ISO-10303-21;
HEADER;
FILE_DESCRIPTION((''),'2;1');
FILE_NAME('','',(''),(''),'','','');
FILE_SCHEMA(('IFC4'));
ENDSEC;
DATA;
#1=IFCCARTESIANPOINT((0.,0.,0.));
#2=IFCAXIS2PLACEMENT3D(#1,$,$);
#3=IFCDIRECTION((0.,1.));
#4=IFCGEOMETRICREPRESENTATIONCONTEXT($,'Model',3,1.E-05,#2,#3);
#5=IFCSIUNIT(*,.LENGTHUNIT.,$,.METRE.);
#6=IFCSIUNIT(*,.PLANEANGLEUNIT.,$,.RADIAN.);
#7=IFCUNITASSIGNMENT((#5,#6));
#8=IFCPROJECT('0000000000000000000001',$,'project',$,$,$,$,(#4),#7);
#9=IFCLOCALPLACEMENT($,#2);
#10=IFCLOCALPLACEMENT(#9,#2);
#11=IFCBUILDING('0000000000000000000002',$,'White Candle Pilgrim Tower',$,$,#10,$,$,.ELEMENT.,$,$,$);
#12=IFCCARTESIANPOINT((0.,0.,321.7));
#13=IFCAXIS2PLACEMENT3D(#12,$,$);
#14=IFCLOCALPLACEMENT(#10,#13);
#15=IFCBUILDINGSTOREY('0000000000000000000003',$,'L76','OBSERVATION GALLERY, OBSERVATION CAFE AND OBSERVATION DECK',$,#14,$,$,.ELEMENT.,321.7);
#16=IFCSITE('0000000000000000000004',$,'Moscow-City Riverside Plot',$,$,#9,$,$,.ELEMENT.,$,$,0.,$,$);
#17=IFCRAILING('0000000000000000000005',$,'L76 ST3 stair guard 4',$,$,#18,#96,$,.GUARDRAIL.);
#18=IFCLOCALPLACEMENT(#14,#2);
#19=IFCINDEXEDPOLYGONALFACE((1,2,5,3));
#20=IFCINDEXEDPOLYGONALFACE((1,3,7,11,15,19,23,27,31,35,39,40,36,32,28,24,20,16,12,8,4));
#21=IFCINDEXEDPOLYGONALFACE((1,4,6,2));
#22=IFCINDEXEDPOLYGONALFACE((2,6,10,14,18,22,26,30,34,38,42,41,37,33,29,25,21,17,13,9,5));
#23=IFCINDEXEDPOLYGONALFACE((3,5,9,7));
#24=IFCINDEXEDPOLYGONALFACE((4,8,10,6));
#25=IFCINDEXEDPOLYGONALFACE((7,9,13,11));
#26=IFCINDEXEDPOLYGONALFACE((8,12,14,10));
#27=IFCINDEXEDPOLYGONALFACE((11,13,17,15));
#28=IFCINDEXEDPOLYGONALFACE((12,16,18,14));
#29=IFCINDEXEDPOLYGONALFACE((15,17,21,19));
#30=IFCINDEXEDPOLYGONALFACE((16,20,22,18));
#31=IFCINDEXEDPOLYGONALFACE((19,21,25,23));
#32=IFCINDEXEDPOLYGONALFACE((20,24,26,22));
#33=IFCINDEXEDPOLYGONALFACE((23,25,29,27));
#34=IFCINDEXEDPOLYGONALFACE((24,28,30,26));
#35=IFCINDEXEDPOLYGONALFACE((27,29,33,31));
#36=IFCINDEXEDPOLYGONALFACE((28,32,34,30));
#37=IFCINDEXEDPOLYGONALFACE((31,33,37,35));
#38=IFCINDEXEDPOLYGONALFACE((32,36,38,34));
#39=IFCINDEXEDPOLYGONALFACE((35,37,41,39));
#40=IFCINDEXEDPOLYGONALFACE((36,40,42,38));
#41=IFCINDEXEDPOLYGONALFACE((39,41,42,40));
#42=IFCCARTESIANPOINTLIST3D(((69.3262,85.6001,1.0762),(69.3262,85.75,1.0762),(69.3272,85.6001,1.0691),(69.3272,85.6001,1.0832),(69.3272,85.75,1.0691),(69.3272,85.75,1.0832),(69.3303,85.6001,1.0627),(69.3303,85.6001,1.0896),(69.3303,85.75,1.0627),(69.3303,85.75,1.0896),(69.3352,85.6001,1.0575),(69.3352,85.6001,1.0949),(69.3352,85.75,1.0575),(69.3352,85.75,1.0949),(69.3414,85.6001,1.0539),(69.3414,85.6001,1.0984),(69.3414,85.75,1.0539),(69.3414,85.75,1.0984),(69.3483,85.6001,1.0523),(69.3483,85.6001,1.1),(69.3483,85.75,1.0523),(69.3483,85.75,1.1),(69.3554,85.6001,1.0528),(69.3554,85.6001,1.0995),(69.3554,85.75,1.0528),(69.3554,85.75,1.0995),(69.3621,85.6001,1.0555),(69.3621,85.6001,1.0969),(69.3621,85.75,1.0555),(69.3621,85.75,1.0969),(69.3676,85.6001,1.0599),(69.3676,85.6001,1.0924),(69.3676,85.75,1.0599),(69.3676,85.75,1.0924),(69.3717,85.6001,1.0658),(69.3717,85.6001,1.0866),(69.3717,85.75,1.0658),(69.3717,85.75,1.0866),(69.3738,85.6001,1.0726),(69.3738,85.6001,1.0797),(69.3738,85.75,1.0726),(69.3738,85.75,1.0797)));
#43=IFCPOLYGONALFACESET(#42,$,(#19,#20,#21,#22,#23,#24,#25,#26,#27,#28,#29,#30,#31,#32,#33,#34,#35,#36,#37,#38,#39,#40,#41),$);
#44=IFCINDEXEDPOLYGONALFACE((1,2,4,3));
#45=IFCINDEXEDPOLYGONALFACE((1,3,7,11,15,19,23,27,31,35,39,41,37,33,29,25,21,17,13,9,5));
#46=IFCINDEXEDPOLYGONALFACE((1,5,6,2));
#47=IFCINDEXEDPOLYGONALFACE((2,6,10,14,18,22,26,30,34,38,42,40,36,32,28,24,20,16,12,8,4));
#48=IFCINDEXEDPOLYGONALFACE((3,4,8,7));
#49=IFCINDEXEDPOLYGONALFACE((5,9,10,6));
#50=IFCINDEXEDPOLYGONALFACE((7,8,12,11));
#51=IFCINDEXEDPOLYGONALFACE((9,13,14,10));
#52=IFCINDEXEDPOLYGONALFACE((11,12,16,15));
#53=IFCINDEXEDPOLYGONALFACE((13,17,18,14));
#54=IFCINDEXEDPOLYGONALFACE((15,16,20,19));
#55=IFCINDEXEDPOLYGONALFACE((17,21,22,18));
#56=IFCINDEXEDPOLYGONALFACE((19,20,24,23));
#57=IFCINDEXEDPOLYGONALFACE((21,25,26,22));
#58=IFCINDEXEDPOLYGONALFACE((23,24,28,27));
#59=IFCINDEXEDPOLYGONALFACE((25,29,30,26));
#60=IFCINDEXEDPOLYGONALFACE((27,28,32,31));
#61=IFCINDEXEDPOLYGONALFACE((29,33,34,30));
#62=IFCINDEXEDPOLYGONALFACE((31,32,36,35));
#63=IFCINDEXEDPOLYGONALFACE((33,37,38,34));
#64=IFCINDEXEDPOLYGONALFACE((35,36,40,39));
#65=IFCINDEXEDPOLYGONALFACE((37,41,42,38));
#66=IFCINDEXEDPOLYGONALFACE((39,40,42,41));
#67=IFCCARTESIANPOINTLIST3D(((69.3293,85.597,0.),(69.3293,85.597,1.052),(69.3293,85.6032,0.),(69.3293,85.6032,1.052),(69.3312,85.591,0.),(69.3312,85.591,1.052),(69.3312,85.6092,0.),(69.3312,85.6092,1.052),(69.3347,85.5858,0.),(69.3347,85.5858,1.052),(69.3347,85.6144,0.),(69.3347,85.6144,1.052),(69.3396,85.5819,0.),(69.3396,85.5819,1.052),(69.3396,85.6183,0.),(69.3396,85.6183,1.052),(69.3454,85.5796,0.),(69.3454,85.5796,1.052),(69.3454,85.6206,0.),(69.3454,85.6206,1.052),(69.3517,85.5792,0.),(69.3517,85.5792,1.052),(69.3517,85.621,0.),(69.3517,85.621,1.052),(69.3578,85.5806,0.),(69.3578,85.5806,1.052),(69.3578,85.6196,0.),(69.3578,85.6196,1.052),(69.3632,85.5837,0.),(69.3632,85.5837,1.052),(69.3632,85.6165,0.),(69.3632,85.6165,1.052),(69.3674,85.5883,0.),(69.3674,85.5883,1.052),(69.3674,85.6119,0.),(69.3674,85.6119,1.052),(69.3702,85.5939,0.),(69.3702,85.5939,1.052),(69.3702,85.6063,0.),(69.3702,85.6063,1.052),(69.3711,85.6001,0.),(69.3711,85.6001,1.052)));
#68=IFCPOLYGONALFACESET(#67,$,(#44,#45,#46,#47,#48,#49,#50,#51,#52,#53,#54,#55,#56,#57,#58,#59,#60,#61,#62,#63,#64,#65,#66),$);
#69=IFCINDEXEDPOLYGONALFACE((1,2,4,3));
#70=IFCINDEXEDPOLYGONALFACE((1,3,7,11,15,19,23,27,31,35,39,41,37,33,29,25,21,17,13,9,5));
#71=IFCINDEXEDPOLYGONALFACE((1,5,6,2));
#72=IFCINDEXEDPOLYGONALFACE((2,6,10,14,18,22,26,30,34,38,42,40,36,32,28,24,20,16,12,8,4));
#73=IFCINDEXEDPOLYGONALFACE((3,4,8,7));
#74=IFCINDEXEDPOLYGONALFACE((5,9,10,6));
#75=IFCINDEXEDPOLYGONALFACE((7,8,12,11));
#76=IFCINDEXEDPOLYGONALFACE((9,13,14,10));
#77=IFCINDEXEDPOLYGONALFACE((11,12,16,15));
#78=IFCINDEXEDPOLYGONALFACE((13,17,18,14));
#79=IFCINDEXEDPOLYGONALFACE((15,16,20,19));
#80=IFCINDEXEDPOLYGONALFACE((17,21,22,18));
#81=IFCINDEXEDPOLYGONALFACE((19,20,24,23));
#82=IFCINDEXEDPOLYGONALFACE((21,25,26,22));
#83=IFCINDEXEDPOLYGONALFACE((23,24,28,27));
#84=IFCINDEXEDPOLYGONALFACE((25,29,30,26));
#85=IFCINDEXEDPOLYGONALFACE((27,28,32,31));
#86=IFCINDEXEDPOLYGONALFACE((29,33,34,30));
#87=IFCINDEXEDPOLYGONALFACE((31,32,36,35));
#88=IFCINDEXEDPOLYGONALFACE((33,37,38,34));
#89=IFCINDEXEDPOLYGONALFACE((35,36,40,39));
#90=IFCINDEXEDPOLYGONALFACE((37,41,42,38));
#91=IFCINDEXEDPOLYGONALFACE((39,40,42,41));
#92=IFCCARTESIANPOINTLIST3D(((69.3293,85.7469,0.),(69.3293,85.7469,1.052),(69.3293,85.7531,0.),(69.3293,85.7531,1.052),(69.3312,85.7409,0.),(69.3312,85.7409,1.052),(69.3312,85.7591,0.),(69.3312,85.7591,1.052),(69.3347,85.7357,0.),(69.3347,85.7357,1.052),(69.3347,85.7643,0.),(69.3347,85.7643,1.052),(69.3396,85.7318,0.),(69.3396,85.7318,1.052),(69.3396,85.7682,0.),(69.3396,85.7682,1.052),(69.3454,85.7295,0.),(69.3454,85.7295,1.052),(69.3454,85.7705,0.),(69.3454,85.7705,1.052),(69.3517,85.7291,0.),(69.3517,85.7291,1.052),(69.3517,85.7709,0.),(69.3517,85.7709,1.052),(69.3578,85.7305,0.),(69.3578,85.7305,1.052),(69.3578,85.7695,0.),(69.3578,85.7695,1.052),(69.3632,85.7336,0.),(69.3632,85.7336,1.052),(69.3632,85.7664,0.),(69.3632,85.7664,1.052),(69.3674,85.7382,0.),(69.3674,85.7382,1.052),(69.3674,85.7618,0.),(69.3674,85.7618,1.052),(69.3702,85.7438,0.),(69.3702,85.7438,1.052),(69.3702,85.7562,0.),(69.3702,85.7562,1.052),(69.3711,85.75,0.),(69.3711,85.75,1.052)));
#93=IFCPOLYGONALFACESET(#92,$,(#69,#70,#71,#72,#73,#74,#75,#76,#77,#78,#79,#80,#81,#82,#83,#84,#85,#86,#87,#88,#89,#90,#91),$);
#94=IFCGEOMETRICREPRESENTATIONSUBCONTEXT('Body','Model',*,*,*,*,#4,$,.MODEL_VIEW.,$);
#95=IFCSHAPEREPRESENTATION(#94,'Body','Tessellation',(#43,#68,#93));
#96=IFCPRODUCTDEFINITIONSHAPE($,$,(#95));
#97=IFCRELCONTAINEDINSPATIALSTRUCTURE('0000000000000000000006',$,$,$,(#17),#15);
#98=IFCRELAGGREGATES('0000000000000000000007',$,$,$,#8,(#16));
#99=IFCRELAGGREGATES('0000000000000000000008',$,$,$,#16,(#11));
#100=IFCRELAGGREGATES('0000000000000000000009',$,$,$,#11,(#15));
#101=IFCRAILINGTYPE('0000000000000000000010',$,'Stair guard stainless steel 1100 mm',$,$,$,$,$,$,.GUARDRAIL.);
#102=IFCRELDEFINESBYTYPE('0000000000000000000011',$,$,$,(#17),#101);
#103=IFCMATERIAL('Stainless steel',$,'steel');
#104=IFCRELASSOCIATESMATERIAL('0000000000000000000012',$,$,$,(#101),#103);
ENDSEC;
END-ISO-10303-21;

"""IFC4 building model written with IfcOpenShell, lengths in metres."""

from ifc_helpers import new_model, si_unit, direction, frame, origin, origin_2d, place, context, subcontext, project, spatial, circle, extrude, material, type_object, element, save


model = new_model("IFC4")

# Units and contexts
model_context = context("Model", 3, precision=1e-05, world=origin(), true_north=direction((0.0, 1.0)))
body_context = subcontext(model_context, "Body", "Model", "MODEL_VIEW")
ifc_project = project(units=[si_unit("LENGTHUNIT", "METRE"), si_unit("PLANEANGLEUNIT", "RADIAN")], contexts=[model_context])

# Site, building, storey
site_placement = place(None, origin())
site = spatial("IfcSite", under=ifc_project, at=site_placement, Name="Moscow-City Riverside Plot", CompositionType="ELEMENT", RefElevation=0.0)
building_placement = place(site_placement, origin())
building = spatial("IfcBuilding", under=site, at=building_placement, Name="White Candle Pilgrim Tower", CompositionType="ELEMENT")
storey_placement = place(building_placement, frame((0.0, 0.0, 321.7)))
storey = spatial("IfcBuildingStorey", under=building, at=storey_placement, Name="L76", Description="OBSERVATION GALLERY, OBSERVATION CAFE AND OBSERVATION DECK", CompositionType="ELEMENT", Elevation=321.7)

# Railing
ifc_material_1 = material(Name="Stainless steel", Category="steel")
railing_type_1 = type_object("IfcRailingType", Name="Stair guard stainless steel 1100 mm", PredefinedType="GUARDRAIL", material=ifc_material_1)
railing_1_placement = place(storey_placement, frame((69.3501, 85.6001, 0.0)))
element("IfcRailing", 1, at=railing_1_placement, inside=storey, type_object=railing_type_1, Name="L76 ST3 stair guard 4", PredefinedType="GUARDRAIL", context=body_context, shape_type="SweptSolid", body=[
    extrude(circle(Radius=0.0239, at=origin_2d()), frame((0.0, 0.0, 1.0762), z_axis=(0.0, 1.0, 0.0), x_axis=(-1.0, 0.0, 0.0)), (0.0, 0.0, 1.0), 0.1499),
    extrude(circle(Radius=0.021, at=origin_2d()), origin(), (0.0, 0.0, 1.0), 1.052),
    extrude(circle(Radius=0.021, at=origin_2d()), frame((0.0, 0.1499, 0.0)), (0.0, 0.0, 1.0), 1.052),
])

save(model, "model.ifc")
